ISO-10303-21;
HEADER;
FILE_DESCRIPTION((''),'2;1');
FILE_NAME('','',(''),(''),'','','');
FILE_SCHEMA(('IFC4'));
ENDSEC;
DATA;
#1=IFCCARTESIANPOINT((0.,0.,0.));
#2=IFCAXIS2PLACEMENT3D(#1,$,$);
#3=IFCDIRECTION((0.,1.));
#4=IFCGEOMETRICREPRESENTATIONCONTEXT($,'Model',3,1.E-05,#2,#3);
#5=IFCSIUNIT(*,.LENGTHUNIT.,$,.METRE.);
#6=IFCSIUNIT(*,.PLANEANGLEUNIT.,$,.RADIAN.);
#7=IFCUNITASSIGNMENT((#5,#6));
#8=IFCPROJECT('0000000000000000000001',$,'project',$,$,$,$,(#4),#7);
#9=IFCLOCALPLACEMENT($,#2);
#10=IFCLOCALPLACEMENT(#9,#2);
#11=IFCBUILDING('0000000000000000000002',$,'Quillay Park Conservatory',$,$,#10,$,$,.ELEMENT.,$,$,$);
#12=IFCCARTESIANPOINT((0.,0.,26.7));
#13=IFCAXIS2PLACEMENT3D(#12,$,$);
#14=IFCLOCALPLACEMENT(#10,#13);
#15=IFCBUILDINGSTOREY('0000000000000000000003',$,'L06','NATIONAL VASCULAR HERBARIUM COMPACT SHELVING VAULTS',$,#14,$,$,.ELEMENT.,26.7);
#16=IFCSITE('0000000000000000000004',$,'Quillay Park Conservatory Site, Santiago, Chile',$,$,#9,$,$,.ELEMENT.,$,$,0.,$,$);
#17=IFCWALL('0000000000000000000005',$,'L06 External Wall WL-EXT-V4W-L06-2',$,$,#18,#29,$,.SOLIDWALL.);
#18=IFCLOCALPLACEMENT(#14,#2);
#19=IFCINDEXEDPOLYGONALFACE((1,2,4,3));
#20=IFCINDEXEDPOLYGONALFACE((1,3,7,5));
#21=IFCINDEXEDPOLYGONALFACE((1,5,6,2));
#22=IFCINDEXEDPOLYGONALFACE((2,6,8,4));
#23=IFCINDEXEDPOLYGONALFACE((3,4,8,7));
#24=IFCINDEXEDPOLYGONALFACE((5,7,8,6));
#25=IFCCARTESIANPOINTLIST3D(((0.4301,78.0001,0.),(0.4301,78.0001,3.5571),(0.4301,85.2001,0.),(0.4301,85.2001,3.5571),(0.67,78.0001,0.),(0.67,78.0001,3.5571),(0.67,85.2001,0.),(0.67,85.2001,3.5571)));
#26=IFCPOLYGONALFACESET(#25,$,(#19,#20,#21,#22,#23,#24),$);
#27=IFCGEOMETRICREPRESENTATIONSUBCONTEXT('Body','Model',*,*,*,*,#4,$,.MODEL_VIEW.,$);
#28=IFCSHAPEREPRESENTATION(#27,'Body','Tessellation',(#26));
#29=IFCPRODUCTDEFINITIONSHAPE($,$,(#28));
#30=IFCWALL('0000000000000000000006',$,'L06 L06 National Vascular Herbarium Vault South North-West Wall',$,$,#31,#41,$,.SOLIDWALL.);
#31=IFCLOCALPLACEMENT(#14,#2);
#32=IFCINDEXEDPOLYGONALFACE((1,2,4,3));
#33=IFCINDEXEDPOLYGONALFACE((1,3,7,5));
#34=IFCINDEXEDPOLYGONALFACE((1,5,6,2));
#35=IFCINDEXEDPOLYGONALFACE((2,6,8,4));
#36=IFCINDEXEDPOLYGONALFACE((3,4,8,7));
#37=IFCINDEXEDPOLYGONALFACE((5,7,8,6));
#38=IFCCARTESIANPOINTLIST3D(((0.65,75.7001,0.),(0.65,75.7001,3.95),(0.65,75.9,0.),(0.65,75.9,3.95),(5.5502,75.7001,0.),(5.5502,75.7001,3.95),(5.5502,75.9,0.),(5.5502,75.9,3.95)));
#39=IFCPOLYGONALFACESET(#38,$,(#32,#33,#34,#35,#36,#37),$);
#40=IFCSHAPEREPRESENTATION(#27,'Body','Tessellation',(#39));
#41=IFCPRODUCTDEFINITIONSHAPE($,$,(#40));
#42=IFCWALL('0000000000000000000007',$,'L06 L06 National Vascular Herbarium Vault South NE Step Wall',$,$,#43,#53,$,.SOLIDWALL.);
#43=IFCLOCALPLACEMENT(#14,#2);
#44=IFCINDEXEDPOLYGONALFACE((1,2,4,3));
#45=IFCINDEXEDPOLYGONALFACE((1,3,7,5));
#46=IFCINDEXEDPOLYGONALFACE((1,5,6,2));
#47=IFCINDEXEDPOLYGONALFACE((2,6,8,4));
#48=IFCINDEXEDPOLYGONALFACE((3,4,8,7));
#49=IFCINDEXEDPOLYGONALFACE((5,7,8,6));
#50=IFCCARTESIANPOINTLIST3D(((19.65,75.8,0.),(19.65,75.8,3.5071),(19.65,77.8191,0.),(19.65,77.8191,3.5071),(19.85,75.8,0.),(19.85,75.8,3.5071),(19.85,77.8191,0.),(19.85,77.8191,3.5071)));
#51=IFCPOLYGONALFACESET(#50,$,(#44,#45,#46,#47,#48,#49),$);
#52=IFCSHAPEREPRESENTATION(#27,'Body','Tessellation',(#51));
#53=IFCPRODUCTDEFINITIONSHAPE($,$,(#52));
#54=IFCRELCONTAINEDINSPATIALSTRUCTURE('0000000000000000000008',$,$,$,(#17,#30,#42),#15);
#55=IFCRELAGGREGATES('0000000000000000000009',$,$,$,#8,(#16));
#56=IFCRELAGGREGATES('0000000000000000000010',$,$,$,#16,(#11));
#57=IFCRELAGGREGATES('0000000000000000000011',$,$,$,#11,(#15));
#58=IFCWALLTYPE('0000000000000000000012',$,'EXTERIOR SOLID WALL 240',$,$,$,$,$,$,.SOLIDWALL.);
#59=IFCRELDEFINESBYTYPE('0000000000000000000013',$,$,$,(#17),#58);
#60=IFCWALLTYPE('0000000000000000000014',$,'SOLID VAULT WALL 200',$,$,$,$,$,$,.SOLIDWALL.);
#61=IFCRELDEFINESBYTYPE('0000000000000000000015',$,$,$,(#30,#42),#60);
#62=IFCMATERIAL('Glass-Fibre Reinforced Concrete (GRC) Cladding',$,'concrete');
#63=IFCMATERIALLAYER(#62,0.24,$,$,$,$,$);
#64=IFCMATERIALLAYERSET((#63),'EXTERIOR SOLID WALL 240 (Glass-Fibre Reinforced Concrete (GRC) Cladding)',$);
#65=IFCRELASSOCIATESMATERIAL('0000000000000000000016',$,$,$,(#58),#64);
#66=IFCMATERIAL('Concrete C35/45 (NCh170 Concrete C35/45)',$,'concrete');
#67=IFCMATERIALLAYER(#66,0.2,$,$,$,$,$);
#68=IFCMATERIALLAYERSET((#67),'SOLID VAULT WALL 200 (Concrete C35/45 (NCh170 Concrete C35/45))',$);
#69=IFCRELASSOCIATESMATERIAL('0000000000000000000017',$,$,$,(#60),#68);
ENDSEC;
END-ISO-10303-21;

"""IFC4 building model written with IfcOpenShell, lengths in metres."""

from ifc_helpers import new_model, si_unit, direction, frame, frame_2d, origin, place, context, subcontext, project, spatial, rectangle, extrude, material, layer, layer_set, type_object, element, save


model = new_model("IFC4")

# Units and contexts
model_context = context("Model", 3, precision=1e-05, world=origin(), true_north=direction((0.0, 1.0)))
body_context = subcontext(model_context, "Body", "Model", "MODEL_VIEW")
ifc_project = project(units=[si_unit("LENGTHUNIT", "METRE"), si_unit("PLANEANGLEUNIT", "RADIAN")], contexts=[model_context])

# Site, building, storey
site_placement = place(None, origin())
site = spatial("IfcSite", under=ifc_project, at=site_placement, Name="Quillay Park Conservatory Site, Santiago, Chile", CompositionType="ELEMENT", RefElevation=0.0)
building_placement = place(site_placement, origin())
building = spatial("IfcBuilding", under=site, at=building_placement, Name="Quillay Park Conservatory", CompositionType="ELEMENT")
storey_placement = place(building_placement, frame((0.0, 0.0, 26.7)))
storey = spatial("IfcBuildingStorey", under=building, at=storey_placement, Name="L06", Description="NATIONAL VASCULAR HERBARIUM COMPACT SHELVING VAULTS", CompositionType="ELEMENT", Elevation=26.7)

# Wall
ifc_material_1 = material(Name="Glass-Fibre Reinforced Concrete (GRC) Cladding", Category="concrete")
ifc_layer_1 = layer(ifc_material_1, 0.24)
ifc_layer_set_1 = layer_set([ifc_layer_1], Name="EXTERIOR SOLID WALL 240 (Glass-Fibre Reinforced Concrete (GRC) Cladding)")
wall_type_1 = type_object("IfcWallType", Name="EXTERIOR SOLID WALL 240", PredefinedType="SOLIDWALL", material=ifc_layer_set_1)
wall_1_placement = place(storey_placement, frame((0.55, 78.0, 0.0), z_axis=(0.0, 0.0, 1.0), x_axis=(0.0, 1.0, 0.0)))
element("IfcWall", 1, at=wall_1_placement, inside=storey, type_object=wall_type_1, Name="L06 External Wall WL-EXT-V4W-L06-2", PredefinedType="SOLIDWALL", context=body_context, shape_type="SweptSolid", body=[
    extrude(rectangle(XDim=7.2, YDim=0.24, at=frame_2d((3.6001, 0.0))), origin(), (0.0, 0.0, 1.0), 3.5571),
])

# Shared definitions
ifc_material_2 = material(Name="Concrete C35/45 (NCh170 Concrete C35/45)", Category="concrete")
ifc_layer_2 = layer(ifc_material_2, 0.2)
ifc_layer_set_2 = layer_set([ifc_layer_2], Name="SOLID VAULT WALL 200 (Concrete C35/45 (NCh170 Concrete C35/45))")
wall_type_2 = type_object("IfcWallType", Name="SOLID VAULT WALL 200", PredefinedType="SOLIDWALL", material=ifc_layer_set_2)

# Wall
wall_2_placement = place(storey_placement, frame((0.6499, 75.8, 0.0), z_axis=(0.0, 0.0, 1.0), x_axis=(1.0, 0.0, 0.0)))
element("IfcWall", 2, at=wall_2_placement, inside=storey, type_object=wall_type_2, Name="L06 L06 National Vascular Herbarium Vault South North-West Wall", PredefinedType="SOLIDWALL", context=body_context, shape_type="SweptSolid", body=[
    extrude(rectangle(XDim=4.9001, YDim=0.2, at=frame_2d((2.4502, 0.0))), origin(), (0.0, 0.0, 1.0), 3.95),
])

# Wall
wall_3_placement = place(storey_placement, frame((19.75, 77.8191, 0.0), z_axis=(0.0, 0.0, 1.0), x_axis=(0.0, -1.0, 0.0)))
element("IfcWall", 3, at=wall_3_placement, inside=storey, type_object=wall_type_2, Name="L06 L06 National Vascular Herbarium Vault South NE Step Wall", PredefinedType="SOLIDWALL", context=body_context, shape_type="SweptSolid", body=[
    extrude(rectangle(XDim=2.019, YDim=0.2, at=frame_2d((1.0095, 0.0))), origin(), (0.0, 0.0, 1.0), 3.5071),
])

save(model, "model.ifc")
